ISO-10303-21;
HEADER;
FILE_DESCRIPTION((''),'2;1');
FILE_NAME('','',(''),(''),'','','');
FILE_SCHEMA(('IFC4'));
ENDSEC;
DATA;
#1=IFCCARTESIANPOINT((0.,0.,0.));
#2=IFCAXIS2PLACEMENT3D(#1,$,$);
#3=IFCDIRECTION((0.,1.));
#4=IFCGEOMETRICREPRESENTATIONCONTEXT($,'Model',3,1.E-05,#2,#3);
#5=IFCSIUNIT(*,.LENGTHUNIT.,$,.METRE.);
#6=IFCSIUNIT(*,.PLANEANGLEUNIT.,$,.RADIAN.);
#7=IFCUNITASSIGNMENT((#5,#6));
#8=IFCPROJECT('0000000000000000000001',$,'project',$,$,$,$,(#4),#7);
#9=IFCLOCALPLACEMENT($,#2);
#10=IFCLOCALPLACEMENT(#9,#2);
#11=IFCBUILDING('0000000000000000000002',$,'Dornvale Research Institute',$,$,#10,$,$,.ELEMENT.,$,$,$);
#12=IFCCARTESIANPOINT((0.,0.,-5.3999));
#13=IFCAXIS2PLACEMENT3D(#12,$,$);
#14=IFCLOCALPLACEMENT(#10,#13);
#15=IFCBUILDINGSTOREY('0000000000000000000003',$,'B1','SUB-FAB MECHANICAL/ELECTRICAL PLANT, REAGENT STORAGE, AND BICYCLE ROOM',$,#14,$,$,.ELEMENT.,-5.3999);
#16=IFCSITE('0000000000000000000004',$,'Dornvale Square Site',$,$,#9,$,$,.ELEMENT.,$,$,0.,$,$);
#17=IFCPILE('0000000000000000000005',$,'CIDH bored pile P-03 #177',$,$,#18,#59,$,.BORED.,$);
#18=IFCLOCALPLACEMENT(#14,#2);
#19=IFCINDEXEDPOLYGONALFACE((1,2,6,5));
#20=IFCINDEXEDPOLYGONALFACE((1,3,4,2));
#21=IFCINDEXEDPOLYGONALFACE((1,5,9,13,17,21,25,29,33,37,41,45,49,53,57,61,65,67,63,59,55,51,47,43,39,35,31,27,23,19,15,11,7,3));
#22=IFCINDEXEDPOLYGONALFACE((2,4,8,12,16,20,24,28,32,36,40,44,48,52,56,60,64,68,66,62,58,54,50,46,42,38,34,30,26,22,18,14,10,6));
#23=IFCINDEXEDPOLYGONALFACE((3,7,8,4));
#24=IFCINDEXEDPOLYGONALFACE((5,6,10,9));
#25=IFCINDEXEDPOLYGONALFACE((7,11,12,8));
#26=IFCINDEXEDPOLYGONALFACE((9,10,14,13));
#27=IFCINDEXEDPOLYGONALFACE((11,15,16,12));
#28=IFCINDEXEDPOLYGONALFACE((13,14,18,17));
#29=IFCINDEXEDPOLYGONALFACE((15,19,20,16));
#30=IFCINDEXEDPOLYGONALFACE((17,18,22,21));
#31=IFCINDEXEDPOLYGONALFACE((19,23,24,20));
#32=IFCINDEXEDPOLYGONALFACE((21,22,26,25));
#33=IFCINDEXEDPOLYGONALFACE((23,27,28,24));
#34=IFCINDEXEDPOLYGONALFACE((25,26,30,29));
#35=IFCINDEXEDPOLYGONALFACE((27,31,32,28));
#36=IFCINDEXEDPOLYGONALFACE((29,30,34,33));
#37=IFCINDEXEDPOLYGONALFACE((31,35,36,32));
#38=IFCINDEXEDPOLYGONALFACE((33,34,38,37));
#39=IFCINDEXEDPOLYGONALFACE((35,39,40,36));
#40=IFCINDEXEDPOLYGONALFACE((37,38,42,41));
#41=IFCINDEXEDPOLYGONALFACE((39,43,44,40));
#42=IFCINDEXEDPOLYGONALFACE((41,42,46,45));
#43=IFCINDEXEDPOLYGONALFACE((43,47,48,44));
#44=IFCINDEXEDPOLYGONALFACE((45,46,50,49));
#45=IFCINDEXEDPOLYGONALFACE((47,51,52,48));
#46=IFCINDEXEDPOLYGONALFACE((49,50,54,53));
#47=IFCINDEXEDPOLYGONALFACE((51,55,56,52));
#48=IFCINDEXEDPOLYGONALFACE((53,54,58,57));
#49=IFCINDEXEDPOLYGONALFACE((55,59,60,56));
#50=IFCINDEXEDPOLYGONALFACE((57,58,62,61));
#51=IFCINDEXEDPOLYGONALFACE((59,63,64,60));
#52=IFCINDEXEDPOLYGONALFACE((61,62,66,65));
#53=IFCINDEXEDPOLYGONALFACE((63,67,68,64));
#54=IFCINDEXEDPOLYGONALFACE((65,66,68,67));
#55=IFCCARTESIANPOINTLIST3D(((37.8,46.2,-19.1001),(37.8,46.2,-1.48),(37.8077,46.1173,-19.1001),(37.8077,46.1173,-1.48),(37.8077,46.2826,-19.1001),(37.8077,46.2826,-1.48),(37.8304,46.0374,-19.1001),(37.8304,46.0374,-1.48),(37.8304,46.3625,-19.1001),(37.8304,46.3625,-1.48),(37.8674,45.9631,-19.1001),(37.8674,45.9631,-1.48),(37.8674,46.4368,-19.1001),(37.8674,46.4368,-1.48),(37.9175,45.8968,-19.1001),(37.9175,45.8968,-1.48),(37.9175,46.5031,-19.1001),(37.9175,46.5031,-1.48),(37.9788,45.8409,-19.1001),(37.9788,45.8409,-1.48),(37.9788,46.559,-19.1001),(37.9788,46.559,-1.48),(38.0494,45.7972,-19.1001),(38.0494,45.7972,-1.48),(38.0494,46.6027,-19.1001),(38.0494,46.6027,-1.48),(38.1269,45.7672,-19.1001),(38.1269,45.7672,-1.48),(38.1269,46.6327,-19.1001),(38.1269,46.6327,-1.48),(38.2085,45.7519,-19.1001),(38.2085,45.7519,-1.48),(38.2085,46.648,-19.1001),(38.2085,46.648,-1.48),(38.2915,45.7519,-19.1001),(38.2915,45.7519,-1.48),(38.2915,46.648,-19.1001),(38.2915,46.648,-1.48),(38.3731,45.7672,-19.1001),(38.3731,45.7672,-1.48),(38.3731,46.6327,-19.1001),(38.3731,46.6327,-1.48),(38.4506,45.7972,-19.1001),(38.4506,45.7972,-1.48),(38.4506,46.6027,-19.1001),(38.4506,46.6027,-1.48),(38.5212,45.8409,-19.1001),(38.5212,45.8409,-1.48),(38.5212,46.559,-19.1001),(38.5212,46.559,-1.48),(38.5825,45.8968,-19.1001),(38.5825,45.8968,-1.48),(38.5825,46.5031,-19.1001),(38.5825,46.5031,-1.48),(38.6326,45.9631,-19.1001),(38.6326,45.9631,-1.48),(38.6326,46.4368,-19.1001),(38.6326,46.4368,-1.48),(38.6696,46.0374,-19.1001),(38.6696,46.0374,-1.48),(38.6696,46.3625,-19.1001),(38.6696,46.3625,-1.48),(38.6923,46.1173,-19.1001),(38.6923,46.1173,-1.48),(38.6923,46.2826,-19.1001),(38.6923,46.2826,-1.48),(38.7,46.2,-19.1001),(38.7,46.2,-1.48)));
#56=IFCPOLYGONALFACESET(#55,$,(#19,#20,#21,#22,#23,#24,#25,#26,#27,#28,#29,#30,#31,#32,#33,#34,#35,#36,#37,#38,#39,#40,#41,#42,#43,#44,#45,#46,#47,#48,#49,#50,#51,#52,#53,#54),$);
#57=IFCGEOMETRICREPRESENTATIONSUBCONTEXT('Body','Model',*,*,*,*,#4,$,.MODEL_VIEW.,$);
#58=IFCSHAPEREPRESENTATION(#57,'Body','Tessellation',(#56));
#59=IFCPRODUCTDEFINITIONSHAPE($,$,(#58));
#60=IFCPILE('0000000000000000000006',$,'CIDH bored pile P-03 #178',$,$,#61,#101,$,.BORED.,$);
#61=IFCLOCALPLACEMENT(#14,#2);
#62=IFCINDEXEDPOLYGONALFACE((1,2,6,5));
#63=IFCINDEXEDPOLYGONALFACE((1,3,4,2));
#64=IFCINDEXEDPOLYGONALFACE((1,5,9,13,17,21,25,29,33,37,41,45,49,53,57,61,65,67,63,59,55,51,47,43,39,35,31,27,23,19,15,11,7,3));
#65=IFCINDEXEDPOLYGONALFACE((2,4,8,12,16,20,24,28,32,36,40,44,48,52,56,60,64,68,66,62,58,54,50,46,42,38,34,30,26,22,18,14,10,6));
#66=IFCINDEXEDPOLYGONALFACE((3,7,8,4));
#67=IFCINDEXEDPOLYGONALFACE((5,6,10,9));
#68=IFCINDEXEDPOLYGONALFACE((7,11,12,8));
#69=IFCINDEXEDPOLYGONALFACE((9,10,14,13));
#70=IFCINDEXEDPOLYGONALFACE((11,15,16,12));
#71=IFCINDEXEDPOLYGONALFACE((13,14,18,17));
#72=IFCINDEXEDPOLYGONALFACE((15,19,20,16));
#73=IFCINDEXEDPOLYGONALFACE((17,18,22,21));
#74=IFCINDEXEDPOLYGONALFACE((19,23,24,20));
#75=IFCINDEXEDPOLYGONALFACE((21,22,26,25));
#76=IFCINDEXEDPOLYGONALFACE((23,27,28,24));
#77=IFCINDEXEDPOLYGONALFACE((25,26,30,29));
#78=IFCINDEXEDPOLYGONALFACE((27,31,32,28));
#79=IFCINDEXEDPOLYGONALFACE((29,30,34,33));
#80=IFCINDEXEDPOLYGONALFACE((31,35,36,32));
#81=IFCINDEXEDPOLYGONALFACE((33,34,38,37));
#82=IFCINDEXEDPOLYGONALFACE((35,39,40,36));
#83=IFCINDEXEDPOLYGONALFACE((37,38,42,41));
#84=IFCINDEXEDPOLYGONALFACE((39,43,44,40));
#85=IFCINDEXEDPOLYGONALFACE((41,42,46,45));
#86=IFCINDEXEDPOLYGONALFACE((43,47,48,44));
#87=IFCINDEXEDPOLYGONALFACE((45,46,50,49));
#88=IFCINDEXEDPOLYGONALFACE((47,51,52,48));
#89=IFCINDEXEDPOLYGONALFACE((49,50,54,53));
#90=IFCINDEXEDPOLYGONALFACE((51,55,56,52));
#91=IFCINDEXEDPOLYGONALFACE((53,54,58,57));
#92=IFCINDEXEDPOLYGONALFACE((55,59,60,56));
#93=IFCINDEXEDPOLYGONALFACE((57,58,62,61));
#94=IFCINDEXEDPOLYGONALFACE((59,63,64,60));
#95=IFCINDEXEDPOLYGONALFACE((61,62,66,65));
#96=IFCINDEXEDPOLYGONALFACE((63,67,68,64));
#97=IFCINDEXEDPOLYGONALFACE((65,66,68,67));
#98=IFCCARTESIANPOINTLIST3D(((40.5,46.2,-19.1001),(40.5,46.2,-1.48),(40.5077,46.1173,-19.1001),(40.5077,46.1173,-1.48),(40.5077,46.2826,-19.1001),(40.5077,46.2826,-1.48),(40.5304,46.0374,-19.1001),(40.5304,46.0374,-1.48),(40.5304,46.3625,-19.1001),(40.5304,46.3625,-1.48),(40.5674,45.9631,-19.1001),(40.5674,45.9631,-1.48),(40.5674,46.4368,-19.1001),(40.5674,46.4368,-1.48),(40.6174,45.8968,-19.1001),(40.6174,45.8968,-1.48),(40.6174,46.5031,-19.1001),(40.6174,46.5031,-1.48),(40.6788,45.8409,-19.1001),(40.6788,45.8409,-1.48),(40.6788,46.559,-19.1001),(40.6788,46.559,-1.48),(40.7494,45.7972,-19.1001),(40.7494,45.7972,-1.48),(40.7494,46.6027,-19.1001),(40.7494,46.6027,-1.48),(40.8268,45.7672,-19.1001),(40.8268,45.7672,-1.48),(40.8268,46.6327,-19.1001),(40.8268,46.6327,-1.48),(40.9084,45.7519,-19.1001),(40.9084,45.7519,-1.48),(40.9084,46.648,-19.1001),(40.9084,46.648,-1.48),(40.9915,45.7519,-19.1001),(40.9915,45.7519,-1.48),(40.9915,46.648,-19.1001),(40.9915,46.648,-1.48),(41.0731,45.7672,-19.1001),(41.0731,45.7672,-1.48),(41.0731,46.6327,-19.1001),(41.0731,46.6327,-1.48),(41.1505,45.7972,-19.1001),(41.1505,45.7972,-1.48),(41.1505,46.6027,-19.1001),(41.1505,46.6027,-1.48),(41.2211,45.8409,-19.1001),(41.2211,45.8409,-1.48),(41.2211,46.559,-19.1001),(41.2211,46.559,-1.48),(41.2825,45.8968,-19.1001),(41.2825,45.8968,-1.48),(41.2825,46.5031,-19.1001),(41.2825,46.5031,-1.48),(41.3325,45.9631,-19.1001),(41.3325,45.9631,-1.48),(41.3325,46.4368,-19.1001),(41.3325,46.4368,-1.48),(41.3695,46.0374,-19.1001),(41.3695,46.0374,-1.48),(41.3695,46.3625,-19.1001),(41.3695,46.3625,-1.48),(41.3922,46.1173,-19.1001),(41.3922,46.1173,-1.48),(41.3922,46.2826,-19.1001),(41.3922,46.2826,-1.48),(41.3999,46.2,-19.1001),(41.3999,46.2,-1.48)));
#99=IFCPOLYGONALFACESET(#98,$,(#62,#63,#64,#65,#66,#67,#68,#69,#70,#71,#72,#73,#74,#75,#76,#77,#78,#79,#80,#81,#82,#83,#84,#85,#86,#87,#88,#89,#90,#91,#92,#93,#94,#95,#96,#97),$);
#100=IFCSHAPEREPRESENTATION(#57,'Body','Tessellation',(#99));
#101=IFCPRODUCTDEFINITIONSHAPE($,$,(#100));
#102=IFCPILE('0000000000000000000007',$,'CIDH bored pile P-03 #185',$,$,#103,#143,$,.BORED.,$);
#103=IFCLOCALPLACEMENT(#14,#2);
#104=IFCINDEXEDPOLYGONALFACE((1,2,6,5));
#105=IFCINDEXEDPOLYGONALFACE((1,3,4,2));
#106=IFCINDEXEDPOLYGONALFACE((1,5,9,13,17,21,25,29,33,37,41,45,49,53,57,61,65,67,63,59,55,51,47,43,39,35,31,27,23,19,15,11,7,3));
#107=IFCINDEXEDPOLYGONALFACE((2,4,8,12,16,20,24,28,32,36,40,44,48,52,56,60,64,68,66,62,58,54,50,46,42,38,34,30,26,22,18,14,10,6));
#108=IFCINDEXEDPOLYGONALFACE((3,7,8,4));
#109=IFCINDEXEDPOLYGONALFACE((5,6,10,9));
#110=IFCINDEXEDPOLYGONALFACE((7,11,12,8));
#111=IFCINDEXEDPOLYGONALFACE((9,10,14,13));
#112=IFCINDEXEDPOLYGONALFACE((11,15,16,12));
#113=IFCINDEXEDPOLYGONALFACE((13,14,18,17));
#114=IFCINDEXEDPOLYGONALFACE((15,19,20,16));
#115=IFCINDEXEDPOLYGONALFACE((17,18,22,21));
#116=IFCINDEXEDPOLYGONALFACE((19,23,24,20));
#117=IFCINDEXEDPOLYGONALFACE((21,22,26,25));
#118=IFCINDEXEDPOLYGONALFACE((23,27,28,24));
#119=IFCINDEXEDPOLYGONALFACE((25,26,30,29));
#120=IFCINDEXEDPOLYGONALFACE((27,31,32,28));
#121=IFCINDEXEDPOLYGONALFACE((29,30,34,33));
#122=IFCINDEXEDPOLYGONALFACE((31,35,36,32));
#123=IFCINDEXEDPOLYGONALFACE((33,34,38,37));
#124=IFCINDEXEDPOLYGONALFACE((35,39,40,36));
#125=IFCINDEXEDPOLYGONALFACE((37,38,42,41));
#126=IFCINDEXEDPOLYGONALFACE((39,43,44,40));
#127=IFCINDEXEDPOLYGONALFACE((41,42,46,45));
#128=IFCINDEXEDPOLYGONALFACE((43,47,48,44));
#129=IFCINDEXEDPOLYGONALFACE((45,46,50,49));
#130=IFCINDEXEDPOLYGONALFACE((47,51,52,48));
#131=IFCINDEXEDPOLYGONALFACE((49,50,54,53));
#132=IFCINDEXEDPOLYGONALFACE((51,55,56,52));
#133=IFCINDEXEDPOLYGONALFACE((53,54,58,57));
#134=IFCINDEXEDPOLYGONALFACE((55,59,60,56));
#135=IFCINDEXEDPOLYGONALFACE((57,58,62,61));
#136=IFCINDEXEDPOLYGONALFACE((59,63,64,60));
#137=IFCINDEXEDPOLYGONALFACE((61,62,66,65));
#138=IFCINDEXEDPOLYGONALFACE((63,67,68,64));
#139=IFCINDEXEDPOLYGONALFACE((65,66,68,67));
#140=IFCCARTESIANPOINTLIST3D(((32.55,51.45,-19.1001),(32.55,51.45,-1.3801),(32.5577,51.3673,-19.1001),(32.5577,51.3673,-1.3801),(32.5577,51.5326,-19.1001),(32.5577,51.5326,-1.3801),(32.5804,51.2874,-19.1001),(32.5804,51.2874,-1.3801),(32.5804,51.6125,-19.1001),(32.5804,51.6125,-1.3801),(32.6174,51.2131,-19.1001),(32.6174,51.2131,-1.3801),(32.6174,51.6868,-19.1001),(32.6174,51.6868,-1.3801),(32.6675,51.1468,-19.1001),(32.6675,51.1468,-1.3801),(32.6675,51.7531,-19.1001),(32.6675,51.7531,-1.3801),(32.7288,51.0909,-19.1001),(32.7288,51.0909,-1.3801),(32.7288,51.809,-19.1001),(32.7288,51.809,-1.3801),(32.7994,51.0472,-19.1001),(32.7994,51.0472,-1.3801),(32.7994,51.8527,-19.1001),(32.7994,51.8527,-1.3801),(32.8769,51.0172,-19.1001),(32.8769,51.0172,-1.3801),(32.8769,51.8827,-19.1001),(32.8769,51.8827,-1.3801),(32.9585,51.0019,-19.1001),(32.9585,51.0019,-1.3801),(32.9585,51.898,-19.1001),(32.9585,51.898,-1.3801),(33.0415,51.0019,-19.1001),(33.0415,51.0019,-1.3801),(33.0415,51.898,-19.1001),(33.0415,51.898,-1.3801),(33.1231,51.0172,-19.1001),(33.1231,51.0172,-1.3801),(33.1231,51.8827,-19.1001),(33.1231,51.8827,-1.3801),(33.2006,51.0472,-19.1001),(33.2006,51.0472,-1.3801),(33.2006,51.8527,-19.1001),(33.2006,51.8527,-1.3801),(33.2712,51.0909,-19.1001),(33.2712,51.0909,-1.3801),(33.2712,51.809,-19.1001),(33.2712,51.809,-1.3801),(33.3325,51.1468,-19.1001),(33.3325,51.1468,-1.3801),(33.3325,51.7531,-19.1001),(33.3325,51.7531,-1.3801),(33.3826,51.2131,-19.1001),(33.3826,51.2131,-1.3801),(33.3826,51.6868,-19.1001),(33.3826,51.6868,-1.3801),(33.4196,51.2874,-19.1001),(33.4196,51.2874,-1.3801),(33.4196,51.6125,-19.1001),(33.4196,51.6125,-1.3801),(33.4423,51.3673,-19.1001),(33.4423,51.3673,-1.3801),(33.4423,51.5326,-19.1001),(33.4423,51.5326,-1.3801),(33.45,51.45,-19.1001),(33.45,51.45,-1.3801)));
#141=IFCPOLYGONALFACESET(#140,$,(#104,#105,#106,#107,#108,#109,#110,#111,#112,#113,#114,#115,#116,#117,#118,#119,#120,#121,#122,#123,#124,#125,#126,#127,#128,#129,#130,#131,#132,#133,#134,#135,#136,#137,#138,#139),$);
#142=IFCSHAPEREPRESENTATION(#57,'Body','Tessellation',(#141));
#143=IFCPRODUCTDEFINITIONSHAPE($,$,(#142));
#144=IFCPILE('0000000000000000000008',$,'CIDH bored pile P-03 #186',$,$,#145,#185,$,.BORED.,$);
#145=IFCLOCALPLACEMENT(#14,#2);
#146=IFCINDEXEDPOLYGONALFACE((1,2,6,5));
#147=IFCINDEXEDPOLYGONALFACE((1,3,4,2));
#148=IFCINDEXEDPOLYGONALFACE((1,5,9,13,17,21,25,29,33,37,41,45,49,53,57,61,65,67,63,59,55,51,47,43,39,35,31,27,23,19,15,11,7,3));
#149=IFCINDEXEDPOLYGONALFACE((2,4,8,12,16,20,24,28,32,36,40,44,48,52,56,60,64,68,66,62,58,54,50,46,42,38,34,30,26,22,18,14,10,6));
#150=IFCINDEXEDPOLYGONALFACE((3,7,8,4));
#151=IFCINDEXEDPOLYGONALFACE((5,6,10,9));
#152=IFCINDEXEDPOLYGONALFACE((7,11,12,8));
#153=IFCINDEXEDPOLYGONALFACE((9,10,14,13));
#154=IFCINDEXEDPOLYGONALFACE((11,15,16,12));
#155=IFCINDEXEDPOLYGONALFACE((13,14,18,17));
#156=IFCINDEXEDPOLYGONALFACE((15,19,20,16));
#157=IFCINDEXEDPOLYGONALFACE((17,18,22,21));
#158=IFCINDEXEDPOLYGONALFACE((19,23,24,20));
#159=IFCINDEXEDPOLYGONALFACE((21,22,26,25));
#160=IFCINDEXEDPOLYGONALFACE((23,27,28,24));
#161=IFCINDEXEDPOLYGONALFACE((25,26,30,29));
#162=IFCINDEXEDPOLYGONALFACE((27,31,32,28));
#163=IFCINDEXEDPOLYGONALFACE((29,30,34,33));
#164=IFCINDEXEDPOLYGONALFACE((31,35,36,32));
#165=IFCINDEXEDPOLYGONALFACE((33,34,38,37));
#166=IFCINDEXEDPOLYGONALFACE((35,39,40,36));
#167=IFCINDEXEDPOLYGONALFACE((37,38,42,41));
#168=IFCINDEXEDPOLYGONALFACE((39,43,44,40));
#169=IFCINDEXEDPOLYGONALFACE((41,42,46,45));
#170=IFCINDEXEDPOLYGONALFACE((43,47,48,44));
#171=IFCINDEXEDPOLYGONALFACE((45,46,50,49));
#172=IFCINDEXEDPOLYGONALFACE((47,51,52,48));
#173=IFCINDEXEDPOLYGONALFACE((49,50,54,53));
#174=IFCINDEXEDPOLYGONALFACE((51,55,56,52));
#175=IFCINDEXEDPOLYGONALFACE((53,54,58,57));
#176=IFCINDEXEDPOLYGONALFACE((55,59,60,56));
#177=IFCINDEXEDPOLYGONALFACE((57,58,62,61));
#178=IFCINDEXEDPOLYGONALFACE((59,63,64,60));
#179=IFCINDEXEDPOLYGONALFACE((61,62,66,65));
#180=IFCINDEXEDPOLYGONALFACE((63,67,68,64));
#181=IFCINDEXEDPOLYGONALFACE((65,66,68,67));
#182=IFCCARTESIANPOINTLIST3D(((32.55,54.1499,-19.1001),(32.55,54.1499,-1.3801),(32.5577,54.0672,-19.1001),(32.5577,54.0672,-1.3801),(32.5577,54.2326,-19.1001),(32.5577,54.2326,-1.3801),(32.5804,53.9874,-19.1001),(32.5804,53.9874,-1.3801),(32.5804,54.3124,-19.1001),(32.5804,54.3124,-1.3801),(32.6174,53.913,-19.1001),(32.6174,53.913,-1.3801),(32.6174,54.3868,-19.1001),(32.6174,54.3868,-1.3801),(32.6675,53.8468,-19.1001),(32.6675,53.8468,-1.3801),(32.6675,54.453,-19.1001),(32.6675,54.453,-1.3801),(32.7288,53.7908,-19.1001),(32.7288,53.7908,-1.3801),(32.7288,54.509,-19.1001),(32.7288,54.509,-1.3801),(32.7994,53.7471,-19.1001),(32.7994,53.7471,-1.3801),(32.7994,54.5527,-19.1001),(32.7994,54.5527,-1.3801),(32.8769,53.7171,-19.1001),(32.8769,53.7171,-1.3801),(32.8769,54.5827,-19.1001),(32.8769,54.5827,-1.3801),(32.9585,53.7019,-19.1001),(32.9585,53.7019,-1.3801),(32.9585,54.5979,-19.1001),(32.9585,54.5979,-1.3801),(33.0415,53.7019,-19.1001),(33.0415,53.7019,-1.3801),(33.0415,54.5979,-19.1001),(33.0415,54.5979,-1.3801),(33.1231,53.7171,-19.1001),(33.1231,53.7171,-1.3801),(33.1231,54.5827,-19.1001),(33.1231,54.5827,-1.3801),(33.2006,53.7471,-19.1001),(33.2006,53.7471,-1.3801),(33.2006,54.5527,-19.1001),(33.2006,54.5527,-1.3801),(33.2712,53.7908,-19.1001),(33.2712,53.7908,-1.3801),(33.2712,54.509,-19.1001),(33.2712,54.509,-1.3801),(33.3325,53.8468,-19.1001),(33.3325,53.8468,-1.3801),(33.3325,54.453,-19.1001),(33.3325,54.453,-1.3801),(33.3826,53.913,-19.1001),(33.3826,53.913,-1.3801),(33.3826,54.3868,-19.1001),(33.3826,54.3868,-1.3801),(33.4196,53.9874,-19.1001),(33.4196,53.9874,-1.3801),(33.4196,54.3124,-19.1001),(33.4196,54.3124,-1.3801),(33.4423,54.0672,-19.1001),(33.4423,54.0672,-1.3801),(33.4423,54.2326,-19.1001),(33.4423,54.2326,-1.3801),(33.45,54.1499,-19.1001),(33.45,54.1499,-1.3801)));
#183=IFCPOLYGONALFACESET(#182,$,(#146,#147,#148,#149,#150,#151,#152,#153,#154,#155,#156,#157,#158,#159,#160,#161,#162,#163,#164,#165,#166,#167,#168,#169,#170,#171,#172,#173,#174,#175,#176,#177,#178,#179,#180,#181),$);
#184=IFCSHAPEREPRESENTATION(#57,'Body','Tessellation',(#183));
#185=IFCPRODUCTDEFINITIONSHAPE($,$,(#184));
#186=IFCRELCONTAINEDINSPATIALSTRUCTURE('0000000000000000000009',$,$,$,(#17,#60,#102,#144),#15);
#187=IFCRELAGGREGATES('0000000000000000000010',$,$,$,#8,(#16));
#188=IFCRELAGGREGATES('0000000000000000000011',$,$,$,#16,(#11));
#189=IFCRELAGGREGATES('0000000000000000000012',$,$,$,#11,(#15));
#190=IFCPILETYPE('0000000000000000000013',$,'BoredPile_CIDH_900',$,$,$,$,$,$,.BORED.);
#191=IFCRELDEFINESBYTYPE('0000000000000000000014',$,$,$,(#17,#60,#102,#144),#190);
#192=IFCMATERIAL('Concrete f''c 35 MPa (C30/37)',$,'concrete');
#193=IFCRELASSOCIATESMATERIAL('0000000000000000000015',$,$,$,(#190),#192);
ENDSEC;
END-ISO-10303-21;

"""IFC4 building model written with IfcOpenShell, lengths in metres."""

from ifc_helpers import new_model, si_unit, direction, frame, origin, origin_2d, place, context, subcontext, project, spatial, circle, extrude, material, material_profile, profile_set, type_object, element, save


model = new_model("IFC4")

# Units and contexts
model_context = context("Model", 3, precision=1e-05, world=origin(), true_north=direction((0.0, 1.0)))
body_context = subcontext(model_context, "Body", "Model", "MODEL_VIEW")
ifc_project = project(units=[si_unit("LENGTHUNIT", "METRE"), si_unit("PLANEANGLEUNIT", "RADIAN")], contexts=[model_context])

# Site, building, storey
site_placement = place(None, origin())
site = spatial("IfcSite", under=ifc_project, at=site_placement, Name="Dornvale Square Site", CompositionType="ELEMENT", RefElevation=0.0)
building_placement = place(site_placement, origin())
building = spatial("IfcBuilding", under=site, at=building_placement, Name="Dornvale Research Institute", CompositionType="ELEMENT")
storey_placement = place(building_placement, frame((0.0, 0.0, -5.3999)))
storey = spatial("IfcBuildingStorey", under=building, at=storey_placement, Name="B1", Description="SUB-FAB MECHANICAL/ELECTRICAL PLANT, REAGENT STORAGE, AND BICYCLE ROOM", CompositionType="ELEMENT", Elevation=-5.3999)

# Piles
ifc_material_1 = material(Name="Concrete f'c 35 MPa (C30/37)", Category="concrete")
ifc_material_profile_1 = material_profile(ifc_material_1, circle(Radius=0.45, at=origin_2d()), Name="CIDH PILE D900")
ifc_profile_set_1 = profile_set([ifc_material_profile_1], Name="Concrete f'c 35 MPa (C30/37)")
pile_type = type_object("IfcPileType", Name="BoredPile_CIDH_900", PredefinedType="BORED", material=ifc_profile_set_1)
for number, where, z_axis, x_axis, name in (
    (1, (38.25, 46.2, -1.48), (0.0, 0.0, -1.0), (1.0, 0.0, 0.0), "CIDH bored pile P-03 #177"),
    (2, (40.95, 46.2, -1.48), (0.0, 0.0, -1.0), (1.0, 0.0, 0.0), "CIDH bored pile P-03 #178"),
):
    element("IfcPile", number, at=place(storey_placement, frame(where, z_axis=z_axis, x_axis=x_axis)), inside=storey, type_object=pile_type, Name=name, PredefinedType="BORED", context=body_context, shape_type="SweptSolid", body=[
        extrude(circle(Radius=0.45, at=origin_2d()), origin(), (0.0, 0.0, 1.0), 17.6201),
    ])
for number, where, z_axis, x_axis, name in (
    (3, (33.0, 51.45, -1.3801), (0.0, 0.0, -1.0), (1.0, 0.0, 0.0), "CIDH bored pile P-03 #185"),
    (4, (33.0, 54.1499, -1.3801), (0.0, 0.0, -1.0), (1.0, 0.0, 0.0), "CIDH bored pile P-03 #186"),
):
    element("IfcPile", number, at=place(storey_placement, frame(where, z_axis=z_axis, x_axis=x_axis)), inside=storey, type_object=pile_type, Name=name, PredefinedType="BORED", context=body_context, shape_type="SweptSolid", body=[
        extrude(circle(Radius=0.45, at=origin_2d()), origin(), (0.0, 0.0, 1.0), 17.72),
    ])

save(model, "model.ifc")
